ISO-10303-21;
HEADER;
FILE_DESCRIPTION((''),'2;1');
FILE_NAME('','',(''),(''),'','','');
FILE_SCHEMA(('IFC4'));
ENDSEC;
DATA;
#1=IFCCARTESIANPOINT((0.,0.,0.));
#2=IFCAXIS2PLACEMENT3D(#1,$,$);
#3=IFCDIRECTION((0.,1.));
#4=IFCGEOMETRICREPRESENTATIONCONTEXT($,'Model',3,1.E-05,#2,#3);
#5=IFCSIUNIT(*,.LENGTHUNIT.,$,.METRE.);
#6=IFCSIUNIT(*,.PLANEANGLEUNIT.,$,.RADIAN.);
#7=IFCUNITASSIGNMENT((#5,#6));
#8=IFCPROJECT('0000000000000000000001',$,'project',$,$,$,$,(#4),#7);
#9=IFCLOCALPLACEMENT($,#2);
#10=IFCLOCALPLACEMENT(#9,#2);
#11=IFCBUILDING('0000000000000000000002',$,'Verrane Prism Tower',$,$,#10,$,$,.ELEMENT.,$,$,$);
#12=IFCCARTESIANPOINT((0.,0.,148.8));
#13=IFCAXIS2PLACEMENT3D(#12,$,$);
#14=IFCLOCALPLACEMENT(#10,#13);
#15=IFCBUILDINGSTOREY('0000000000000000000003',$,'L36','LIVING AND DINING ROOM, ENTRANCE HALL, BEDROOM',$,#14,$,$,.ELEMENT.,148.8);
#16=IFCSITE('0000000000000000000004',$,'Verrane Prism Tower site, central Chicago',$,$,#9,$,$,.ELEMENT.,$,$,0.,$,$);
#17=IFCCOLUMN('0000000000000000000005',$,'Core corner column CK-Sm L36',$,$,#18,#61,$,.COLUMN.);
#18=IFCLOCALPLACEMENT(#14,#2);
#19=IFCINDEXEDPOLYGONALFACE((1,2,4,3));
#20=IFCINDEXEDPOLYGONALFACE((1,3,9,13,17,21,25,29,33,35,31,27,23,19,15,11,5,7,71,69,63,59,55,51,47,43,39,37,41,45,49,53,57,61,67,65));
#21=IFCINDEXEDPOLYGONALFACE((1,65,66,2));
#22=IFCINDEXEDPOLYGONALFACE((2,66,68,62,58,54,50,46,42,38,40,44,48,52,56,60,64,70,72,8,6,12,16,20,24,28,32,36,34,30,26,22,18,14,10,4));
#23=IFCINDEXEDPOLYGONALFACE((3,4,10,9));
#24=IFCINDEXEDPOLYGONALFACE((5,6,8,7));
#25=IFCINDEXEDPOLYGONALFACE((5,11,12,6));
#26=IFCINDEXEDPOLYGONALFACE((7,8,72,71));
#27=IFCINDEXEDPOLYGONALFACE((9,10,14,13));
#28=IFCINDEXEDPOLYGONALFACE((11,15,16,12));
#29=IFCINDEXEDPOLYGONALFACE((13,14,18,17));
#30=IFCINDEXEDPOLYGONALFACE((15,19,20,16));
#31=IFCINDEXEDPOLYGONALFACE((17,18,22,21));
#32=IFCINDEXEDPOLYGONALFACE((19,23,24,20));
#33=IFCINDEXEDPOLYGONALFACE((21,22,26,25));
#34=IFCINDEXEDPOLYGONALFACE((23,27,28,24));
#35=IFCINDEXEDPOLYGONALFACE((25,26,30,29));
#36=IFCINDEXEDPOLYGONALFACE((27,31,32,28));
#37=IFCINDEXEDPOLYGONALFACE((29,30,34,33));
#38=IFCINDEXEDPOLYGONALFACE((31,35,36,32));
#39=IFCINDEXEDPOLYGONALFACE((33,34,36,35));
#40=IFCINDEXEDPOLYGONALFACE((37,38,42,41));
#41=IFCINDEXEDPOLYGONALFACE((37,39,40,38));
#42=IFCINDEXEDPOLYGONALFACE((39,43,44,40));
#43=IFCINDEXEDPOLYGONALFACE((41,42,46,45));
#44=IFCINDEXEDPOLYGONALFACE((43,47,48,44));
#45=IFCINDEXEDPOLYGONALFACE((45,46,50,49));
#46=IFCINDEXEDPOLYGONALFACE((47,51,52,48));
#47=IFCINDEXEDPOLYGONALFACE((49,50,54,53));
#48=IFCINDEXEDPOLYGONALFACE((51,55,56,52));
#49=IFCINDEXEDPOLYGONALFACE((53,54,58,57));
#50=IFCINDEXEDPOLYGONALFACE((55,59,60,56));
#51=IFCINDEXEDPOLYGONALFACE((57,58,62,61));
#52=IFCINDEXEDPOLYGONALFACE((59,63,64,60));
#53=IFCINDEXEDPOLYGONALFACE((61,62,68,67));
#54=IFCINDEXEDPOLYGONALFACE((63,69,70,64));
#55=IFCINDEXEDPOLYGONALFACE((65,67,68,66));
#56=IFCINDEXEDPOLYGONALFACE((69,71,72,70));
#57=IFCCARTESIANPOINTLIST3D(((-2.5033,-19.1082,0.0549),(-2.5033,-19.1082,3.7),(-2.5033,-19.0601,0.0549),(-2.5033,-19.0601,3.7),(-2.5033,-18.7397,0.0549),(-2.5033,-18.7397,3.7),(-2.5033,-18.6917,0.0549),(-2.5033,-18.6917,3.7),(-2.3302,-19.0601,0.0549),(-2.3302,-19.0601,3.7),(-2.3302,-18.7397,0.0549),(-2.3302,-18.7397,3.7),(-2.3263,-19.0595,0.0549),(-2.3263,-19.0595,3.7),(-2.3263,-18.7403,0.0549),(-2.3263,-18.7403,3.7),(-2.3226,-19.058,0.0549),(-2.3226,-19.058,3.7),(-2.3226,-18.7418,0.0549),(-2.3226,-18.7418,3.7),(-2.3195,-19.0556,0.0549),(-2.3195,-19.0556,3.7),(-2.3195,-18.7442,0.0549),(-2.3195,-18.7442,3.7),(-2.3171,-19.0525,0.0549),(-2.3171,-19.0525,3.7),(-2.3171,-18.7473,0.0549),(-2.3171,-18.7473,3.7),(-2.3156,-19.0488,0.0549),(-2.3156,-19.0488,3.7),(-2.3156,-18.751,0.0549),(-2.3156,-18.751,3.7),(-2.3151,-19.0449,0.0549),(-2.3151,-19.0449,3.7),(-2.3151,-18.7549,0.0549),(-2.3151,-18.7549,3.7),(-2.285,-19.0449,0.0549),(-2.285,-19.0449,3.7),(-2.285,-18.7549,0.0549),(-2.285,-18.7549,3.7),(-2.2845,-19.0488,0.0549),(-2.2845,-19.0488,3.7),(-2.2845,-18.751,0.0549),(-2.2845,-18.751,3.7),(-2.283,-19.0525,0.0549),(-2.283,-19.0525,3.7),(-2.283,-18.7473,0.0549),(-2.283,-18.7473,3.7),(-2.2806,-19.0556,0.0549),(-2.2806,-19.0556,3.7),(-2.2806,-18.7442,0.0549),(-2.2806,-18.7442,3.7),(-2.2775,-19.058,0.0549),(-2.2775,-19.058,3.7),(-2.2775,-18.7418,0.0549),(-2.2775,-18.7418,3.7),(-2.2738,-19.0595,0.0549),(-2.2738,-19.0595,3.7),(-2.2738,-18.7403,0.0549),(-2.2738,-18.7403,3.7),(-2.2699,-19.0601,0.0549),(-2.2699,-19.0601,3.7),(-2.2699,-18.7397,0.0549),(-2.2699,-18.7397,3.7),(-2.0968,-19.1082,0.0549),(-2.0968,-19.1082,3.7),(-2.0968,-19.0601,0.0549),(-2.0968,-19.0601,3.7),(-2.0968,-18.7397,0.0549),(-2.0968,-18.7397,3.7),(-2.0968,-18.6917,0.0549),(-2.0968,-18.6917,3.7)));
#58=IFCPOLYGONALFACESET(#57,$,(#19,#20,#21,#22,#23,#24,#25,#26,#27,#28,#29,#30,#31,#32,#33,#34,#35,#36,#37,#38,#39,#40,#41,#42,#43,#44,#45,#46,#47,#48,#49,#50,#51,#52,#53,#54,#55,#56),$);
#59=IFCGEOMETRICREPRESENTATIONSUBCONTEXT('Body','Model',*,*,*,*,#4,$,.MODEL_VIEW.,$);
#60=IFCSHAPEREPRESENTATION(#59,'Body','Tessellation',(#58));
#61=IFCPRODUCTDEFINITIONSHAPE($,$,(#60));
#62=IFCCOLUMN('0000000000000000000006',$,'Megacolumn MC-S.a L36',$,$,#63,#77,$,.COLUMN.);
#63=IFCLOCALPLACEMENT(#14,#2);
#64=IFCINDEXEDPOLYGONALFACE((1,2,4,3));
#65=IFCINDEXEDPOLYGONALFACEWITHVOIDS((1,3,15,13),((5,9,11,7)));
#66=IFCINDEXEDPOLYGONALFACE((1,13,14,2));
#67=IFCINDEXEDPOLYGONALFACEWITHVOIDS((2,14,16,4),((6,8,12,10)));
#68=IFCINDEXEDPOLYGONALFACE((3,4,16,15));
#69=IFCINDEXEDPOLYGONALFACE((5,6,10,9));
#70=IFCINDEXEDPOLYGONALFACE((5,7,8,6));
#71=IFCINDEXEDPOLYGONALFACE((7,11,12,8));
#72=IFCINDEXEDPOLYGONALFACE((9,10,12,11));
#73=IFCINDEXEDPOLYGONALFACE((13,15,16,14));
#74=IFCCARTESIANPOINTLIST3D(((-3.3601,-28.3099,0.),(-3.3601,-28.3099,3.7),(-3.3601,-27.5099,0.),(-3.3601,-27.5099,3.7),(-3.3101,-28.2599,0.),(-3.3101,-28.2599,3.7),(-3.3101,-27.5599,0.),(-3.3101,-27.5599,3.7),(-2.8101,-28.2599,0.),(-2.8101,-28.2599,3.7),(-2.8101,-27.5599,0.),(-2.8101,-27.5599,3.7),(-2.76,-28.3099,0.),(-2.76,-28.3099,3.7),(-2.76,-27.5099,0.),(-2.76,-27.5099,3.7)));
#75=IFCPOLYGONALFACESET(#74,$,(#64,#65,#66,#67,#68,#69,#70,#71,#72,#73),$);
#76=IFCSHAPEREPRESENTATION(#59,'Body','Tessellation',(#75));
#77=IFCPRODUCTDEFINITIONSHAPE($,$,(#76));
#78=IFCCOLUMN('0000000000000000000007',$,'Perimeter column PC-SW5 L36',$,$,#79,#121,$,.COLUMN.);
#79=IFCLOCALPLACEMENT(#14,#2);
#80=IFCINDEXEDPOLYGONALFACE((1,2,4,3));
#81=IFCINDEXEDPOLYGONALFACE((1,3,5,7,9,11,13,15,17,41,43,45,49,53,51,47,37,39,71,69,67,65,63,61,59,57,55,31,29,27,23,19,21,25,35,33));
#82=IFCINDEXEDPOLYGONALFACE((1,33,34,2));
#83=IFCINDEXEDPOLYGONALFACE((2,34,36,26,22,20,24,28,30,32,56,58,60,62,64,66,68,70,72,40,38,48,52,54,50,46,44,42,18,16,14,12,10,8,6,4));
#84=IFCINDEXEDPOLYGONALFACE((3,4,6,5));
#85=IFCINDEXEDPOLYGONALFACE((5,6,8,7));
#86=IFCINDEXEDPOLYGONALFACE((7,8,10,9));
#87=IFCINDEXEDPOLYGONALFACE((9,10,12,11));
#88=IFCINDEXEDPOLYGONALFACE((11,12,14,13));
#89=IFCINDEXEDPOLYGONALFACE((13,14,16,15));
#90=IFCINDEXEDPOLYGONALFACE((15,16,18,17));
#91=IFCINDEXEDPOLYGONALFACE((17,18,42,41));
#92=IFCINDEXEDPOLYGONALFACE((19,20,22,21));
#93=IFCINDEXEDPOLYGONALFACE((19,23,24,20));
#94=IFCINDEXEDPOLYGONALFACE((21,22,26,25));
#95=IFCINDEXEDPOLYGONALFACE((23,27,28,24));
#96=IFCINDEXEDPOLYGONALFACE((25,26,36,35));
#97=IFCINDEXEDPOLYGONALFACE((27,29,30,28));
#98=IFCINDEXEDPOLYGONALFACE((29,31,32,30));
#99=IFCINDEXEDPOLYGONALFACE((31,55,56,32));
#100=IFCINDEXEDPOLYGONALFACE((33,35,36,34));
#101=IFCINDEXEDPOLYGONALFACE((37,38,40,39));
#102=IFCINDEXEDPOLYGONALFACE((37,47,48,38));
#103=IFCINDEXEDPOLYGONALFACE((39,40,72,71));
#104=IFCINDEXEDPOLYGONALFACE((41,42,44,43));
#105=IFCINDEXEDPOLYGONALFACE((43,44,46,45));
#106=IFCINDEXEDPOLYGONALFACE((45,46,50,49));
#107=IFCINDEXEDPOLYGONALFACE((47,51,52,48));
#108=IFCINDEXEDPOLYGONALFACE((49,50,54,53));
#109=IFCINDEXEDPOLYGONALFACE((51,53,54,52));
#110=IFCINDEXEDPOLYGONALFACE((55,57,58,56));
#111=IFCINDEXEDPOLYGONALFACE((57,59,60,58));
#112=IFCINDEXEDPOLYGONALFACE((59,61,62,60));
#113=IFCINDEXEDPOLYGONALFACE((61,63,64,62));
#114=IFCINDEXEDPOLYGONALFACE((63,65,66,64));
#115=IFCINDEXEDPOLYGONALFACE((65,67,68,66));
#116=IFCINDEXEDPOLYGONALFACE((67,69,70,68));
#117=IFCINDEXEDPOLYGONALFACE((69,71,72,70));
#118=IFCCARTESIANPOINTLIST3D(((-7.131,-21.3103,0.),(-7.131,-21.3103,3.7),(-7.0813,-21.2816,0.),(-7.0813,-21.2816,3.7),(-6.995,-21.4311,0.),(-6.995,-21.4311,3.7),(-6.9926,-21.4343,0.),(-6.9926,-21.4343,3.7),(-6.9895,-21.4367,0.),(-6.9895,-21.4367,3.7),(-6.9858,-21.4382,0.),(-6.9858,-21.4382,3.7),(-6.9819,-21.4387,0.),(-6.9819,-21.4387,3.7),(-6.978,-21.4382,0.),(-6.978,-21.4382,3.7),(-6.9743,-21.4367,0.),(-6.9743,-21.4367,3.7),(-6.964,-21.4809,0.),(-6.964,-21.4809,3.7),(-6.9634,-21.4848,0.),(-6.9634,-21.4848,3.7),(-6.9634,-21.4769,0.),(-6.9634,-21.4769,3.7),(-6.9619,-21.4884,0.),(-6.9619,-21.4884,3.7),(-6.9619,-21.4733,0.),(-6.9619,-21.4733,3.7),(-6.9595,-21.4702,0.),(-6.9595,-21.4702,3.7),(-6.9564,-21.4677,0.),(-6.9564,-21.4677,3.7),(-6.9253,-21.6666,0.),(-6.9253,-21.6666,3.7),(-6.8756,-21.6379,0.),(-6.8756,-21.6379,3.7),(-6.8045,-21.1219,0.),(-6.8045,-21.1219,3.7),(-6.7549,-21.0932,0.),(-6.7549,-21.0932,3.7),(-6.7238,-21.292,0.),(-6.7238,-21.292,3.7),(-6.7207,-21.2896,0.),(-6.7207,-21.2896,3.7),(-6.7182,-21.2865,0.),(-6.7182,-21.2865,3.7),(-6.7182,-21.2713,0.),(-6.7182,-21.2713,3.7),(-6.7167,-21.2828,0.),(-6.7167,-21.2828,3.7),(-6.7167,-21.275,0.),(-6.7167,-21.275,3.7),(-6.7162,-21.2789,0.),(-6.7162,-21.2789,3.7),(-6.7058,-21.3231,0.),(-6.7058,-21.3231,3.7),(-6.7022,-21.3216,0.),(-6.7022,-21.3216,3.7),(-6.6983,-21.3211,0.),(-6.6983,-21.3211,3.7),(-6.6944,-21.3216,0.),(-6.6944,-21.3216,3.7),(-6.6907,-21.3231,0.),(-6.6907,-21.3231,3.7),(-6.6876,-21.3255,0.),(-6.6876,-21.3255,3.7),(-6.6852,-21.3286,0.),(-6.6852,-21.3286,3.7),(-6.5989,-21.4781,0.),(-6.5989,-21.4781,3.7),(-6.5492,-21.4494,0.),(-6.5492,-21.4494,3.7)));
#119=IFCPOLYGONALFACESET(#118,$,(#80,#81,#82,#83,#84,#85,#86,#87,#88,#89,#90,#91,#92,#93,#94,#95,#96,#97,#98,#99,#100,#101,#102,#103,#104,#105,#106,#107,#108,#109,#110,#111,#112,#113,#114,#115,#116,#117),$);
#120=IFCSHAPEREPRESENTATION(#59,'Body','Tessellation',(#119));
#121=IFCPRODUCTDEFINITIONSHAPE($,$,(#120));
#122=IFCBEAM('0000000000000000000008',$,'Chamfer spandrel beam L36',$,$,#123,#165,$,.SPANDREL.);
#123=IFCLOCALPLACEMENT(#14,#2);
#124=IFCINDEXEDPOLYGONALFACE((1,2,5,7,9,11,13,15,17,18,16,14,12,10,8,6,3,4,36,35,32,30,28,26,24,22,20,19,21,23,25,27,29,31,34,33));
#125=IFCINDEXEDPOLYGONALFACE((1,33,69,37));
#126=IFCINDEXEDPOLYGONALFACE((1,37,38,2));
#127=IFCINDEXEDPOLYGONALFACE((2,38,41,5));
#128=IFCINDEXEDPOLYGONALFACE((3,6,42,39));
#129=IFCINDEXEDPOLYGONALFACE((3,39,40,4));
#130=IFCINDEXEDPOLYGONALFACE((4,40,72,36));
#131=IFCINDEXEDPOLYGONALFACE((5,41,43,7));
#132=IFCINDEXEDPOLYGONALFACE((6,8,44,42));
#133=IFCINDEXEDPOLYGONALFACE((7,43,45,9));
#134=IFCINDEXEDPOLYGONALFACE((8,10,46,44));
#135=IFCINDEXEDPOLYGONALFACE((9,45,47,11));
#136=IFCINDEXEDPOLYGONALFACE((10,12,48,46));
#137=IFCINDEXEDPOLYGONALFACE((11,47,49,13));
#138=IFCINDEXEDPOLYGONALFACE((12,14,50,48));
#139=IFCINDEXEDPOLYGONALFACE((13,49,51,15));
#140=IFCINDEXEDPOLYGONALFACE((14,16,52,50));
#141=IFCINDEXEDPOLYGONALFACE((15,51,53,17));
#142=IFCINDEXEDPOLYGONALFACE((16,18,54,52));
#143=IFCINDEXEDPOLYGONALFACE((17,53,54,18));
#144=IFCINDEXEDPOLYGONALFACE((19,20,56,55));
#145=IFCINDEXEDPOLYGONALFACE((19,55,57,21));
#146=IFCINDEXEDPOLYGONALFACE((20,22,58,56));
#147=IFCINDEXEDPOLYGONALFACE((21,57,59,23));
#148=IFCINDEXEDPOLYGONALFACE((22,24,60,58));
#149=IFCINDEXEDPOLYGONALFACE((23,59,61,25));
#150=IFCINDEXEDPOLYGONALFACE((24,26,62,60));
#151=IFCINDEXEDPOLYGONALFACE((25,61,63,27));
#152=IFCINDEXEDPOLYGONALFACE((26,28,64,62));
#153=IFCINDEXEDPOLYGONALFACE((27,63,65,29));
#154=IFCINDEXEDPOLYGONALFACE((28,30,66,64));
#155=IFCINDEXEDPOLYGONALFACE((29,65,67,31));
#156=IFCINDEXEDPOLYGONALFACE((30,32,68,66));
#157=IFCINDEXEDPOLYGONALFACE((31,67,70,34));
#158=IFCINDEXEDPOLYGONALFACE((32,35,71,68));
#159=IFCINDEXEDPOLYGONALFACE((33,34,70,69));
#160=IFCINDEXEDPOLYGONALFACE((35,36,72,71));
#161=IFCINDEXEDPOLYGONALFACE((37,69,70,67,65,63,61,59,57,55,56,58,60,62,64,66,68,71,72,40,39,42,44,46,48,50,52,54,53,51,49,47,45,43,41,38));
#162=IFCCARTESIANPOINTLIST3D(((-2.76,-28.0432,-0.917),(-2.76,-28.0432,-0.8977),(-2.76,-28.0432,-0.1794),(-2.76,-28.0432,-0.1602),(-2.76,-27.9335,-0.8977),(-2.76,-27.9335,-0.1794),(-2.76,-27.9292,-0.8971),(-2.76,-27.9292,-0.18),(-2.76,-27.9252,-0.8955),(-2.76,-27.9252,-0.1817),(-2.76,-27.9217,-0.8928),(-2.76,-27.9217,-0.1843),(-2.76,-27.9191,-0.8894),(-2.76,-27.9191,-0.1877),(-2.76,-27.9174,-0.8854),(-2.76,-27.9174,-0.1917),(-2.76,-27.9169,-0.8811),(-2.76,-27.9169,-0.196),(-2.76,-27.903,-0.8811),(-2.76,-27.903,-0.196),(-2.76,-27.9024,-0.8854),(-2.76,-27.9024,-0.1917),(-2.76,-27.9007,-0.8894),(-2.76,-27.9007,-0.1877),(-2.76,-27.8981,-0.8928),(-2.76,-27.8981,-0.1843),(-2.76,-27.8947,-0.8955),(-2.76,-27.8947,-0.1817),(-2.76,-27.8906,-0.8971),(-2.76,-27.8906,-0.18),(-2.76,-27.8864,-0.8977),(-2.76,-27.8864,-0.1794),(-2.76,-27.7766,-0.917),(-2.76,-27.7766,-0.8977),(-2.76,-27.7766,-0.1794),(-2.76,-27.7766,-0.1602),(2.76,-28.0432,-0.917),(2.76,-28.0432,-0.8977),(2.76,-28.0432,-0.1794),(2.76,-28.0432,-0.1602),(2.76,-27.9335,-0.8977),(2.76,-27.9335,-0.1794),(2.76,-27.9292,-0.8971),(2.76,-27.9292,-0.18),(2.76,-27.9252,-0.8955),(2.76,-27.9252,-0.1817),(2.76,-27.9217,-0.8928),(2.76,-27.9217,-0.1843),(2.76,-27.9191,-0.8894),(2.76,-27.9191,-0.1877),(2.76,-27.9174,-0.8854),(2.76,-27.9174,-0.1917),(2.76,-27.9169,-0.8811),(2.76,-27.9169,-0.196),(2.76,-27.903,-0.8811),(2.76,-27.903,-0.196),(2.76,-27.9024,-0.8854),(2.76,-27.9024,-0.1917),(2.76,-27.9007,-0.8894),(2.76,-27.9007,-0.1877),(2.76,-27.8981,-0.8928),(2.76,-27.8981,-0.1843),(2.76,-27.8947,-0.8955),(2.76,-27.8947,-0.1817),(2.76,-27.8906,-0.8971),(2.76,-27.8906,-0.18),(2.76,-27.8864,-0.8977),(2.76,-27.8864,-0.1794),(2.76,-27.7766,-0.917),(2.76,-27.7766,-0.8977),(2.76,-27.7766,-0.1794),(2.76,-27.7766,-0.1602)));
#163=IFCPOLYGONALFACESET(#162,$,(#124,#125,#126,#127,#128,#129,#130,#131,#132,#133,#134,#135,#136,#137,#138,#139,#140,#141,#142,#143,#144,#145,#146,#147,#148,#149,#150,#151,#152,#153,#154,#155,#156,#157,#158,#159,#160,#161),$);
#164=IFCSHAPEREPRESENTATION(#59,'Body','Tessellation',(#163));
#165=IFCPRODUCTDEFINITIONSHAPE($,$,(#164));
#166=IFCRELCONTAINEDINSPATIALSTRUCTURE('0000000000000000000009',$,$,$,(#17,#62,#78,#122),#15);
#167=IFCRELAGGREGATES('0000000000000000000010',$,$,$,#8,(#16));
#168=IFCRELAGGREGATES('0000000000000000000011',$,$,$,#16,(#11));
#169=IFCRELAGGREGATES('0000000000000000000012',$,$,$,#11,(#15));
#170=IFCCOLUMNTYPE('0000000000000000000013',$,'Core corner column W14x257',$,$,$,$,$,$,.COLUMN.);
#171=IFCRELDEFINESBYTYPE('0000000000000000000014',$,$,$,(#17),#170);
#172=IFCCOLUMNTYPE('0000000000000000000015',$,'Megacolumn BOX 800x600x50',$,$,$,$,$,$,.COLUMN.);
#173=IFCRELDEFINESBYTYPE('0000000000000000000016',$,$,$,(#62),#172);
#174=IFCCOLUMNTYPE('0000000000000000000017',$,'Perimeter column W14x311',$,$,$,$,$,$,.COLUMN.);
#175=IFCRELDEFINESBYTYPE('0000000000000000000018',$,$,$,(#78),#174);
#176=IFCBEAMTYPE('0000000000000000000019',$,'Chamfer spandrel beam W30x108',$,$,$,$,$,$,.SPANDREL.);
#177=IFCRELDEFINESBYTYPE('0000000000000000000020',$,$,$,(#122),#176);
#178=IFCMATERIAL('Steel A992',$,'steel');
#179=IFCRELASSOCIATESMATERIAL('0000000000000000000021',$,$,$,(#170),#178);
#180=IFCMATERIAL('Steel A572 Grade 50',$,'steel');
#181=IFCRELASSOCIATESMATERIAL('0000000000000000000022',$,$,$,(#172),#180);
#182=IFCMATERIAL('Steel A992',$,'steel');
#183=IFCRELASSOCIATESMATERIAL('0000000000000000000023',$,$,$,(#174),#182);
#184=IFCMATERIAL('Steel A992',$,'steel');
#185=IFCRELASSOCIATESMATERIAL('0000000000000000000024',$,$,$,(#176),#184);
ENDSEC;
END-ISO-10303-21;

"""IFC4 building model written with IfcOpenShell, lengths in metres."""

from ifc_helpers import new_model, si_unit, direction, frame, origin, origin_2d, place, context, subcontext, project, spatial, hollow_rectangle, i_section, extrude, material, material_profile, profile_set, type_object, element, save


model = new_model("IFC4")

# Units and contexts
model_context = context("Model", 3, precision=1e-05, world=origin(), true_north=direction((0.0, 1.0)))
body_context = subcontext(model_context, "Body", "Model", "MODEL_VIEW")
ifc_project = project(units=[si_unit("LENGTHUNIT", "METRE"), si_unit("PLANEANGLEUNIT", "RADIAN")], contexts=[model_context])

# Site, building, storey
site_placement = place(None, origin())
site = spatial("IfcSite", under=ifc_project, at=site_placement, Name="Verrane Prism Tower site, central Chicago", CompositionType="ELEMENT", RefElevation=0.0)
building_placement = place(site_placement, origin())
building = spatial("IfcBuilding", under=site, at=building_placement, Name="Verrane Prism Tower", CompositionType="ELEMENT")
storey_placement = place(building_placement, frame((0.0, 0.0, 148.8)))
storey = spatial("IfcBuildingStorey", under=building, at=storey_placement, Name="L36", Description="LIVING AND DINING ROOM, ENTRANCE HALL, BEDROOM", CompositionType="ELEMENT", Elevation=148.8)

# Columns
ifc_material_1 = material(Name="Steel A992", Category="steel")
ifc_material_profile_1 = material_profile(ifc_material_1, i_section(OverallWidth=0.4065, OverallDepth=0.4165, WebThickness=0.03, FlangeThickness=0.0481, FilletRadius=0.0151, at=origin_2d()), Name="W14x257")
ifc_profile_set_1 = profile_set([ifc_material_profile_1], Name="Steel A992")
column_type_1 = type_object("IfcColumnType", Name="Core corner column W14x257", PredefinedType="COLUMN", material=ifc_profile_set_1)
column_1_placement = place(storey_placement, frame((-2.3, -18.8999, 0.0549), z_axis=(0.0, 0.0, 1.0), x_axis=(-1.0, 0.0, 0.0)))
element("IfcColumn", 1, at=column_1_placement, inside=storey, type_object=column_type_1, Name="Core corner column CK-Sm L36", PredefinedType="COLUMN", context=body_context, shape_type="SweptSolid", body=[
    extrude(i_section(OverallWidth=0.4065, OverallDepth=0.4165, WebThickness=0.03, FlangeThickness=0.0481, FilletRadius=0.0151, at=origin_2d()), origin(), (0.0, 0.0, 1.0), 3.645),
])
ifc_material_2 = material(Name="Steel A572 Grade 50", Category="steel")
ifc_material_profile_2 = material_profile(ifc_material_2, hollow_rectangle(XDim=0.6001, YDim=0.8, WallThickness=0.05, at=origin_2d()), Name="BOX 800x600x50")
ifc_profile_set_2 = profile_set([ifc_material_profile_2], Name="Steel A572 Grade 50")
column_type_2 = type_object("IfcColumnType", Name="Megacolumn BOX 800x600x50", PredefinedType="COLUMN", material=ifc_profile_set_2)
column_2_placement = place(storey_placement, frame((-3.0601, -27.9099, 0.0), z_axis=(0.0, 0.0, 1.0), x_axis=(-1.0, 0.0, 0.0)))
element("IfcColumn", 2, at=column_2_placement, inside=storey, type_object=column_type_2, Name="Megacolumn MC-S.a L36", PredefinedType="COLUMN", context=body_context, shape_type="SweptSolid", body=[
    extrude(hollow_rectangle(XDim=0.6001, YDim=0.8, WallThickness=0.05, at=origin_2d()), origin(), (0.0, 0.0, 1.0), 3.7),
])
ifc_material_3 = material(Name="Steel A992", Category="steel")
ifc_material_profile_3 = material_profile(ifc_material_3, i_section(OverallWidth=0.4114, OverallDepth=0.4343, WebThickness=0.0359, FlangeThickness=0.0574, FilletRadius=0.0151, at=origin_2d()), Name="W14x311")
ifc_profile_set_3 = profile_set([ifc_material_profile_3], Name="Steel A992")
column_type_3 = type_object("IfcColumnType", Name="Perimeter column W14x311", PredefinedType="COLUMN", material=ifc_profile_set_3)
column_3_placement = place(storey_placement, frame((-6.8401, -21.3799, 0.0), z_axis=(0.0, 0.0, 1.0), x_axis=(-0.5, 0.866025, 0.0)))
element("IfcColumn", 3, at=column_3_placement, inside=storey, type_object=column_type_3, Name="Perimeter column PC-SW5 L36", PredefinedType="COLUMN", context=body_context, shape_type="SweptSolid", body=[
    extrude(i_section(OverallWidth=0.4114, OverallDepth=0.4343, WebThickness=0.0359, FlangeThickness=0.0574, FilletRadius=0.0151, at=origin_2d()), origin(), (0.0, 0.0, 1.0), 3.7),
])

# Beam
ifc_material_4 = material(Name="Steel A992", Category="steel")
ifc_material_profile_4 = material_profile(ifc_material_4, i_section(OverallWidth=0.2666, OverallDepth=0.7568, WebThickness=0.0139, FlangeThickness=0.0193, FilletRadius=0.0166, at=origin_2d()), Name="W30x108")
ifc_profile_set_4 = profile_set([ifc_material_profile_4], Name="Steel A992")
beam_type_1 = type_object("IfcBeamType", Name="Chamfer spandrel beam W30x108", PredefinedType="SPANDREL", material=ifc_profile_set_4)
beam_1_placement = place(storey_placement, frame((-2.76, -27.9099, -0.5386), z_axis=(1.0, 0.0, 0.0), x_axis=(0.0, 1.0, 0.0)))
element("IfcBeam", 4, at=beam_1_placement, inside=storey, type_object=beam_type_1, Name="Chamfer spandrel beam L36", PredefinedType="SPANDREL", context=body_context, shape_type="SweptSolid", body=[
    extrude(i_section(OverallWidth=0.2666, OverallDepth=0.7568, WebThickness=0.0139, FlangeThickness=0.0193, FilletRadius=0.0166, at=origin_2d()), origin(), (0.0, 0.0, 1.0), 5.52),
])

save(model, "model.ifc")
